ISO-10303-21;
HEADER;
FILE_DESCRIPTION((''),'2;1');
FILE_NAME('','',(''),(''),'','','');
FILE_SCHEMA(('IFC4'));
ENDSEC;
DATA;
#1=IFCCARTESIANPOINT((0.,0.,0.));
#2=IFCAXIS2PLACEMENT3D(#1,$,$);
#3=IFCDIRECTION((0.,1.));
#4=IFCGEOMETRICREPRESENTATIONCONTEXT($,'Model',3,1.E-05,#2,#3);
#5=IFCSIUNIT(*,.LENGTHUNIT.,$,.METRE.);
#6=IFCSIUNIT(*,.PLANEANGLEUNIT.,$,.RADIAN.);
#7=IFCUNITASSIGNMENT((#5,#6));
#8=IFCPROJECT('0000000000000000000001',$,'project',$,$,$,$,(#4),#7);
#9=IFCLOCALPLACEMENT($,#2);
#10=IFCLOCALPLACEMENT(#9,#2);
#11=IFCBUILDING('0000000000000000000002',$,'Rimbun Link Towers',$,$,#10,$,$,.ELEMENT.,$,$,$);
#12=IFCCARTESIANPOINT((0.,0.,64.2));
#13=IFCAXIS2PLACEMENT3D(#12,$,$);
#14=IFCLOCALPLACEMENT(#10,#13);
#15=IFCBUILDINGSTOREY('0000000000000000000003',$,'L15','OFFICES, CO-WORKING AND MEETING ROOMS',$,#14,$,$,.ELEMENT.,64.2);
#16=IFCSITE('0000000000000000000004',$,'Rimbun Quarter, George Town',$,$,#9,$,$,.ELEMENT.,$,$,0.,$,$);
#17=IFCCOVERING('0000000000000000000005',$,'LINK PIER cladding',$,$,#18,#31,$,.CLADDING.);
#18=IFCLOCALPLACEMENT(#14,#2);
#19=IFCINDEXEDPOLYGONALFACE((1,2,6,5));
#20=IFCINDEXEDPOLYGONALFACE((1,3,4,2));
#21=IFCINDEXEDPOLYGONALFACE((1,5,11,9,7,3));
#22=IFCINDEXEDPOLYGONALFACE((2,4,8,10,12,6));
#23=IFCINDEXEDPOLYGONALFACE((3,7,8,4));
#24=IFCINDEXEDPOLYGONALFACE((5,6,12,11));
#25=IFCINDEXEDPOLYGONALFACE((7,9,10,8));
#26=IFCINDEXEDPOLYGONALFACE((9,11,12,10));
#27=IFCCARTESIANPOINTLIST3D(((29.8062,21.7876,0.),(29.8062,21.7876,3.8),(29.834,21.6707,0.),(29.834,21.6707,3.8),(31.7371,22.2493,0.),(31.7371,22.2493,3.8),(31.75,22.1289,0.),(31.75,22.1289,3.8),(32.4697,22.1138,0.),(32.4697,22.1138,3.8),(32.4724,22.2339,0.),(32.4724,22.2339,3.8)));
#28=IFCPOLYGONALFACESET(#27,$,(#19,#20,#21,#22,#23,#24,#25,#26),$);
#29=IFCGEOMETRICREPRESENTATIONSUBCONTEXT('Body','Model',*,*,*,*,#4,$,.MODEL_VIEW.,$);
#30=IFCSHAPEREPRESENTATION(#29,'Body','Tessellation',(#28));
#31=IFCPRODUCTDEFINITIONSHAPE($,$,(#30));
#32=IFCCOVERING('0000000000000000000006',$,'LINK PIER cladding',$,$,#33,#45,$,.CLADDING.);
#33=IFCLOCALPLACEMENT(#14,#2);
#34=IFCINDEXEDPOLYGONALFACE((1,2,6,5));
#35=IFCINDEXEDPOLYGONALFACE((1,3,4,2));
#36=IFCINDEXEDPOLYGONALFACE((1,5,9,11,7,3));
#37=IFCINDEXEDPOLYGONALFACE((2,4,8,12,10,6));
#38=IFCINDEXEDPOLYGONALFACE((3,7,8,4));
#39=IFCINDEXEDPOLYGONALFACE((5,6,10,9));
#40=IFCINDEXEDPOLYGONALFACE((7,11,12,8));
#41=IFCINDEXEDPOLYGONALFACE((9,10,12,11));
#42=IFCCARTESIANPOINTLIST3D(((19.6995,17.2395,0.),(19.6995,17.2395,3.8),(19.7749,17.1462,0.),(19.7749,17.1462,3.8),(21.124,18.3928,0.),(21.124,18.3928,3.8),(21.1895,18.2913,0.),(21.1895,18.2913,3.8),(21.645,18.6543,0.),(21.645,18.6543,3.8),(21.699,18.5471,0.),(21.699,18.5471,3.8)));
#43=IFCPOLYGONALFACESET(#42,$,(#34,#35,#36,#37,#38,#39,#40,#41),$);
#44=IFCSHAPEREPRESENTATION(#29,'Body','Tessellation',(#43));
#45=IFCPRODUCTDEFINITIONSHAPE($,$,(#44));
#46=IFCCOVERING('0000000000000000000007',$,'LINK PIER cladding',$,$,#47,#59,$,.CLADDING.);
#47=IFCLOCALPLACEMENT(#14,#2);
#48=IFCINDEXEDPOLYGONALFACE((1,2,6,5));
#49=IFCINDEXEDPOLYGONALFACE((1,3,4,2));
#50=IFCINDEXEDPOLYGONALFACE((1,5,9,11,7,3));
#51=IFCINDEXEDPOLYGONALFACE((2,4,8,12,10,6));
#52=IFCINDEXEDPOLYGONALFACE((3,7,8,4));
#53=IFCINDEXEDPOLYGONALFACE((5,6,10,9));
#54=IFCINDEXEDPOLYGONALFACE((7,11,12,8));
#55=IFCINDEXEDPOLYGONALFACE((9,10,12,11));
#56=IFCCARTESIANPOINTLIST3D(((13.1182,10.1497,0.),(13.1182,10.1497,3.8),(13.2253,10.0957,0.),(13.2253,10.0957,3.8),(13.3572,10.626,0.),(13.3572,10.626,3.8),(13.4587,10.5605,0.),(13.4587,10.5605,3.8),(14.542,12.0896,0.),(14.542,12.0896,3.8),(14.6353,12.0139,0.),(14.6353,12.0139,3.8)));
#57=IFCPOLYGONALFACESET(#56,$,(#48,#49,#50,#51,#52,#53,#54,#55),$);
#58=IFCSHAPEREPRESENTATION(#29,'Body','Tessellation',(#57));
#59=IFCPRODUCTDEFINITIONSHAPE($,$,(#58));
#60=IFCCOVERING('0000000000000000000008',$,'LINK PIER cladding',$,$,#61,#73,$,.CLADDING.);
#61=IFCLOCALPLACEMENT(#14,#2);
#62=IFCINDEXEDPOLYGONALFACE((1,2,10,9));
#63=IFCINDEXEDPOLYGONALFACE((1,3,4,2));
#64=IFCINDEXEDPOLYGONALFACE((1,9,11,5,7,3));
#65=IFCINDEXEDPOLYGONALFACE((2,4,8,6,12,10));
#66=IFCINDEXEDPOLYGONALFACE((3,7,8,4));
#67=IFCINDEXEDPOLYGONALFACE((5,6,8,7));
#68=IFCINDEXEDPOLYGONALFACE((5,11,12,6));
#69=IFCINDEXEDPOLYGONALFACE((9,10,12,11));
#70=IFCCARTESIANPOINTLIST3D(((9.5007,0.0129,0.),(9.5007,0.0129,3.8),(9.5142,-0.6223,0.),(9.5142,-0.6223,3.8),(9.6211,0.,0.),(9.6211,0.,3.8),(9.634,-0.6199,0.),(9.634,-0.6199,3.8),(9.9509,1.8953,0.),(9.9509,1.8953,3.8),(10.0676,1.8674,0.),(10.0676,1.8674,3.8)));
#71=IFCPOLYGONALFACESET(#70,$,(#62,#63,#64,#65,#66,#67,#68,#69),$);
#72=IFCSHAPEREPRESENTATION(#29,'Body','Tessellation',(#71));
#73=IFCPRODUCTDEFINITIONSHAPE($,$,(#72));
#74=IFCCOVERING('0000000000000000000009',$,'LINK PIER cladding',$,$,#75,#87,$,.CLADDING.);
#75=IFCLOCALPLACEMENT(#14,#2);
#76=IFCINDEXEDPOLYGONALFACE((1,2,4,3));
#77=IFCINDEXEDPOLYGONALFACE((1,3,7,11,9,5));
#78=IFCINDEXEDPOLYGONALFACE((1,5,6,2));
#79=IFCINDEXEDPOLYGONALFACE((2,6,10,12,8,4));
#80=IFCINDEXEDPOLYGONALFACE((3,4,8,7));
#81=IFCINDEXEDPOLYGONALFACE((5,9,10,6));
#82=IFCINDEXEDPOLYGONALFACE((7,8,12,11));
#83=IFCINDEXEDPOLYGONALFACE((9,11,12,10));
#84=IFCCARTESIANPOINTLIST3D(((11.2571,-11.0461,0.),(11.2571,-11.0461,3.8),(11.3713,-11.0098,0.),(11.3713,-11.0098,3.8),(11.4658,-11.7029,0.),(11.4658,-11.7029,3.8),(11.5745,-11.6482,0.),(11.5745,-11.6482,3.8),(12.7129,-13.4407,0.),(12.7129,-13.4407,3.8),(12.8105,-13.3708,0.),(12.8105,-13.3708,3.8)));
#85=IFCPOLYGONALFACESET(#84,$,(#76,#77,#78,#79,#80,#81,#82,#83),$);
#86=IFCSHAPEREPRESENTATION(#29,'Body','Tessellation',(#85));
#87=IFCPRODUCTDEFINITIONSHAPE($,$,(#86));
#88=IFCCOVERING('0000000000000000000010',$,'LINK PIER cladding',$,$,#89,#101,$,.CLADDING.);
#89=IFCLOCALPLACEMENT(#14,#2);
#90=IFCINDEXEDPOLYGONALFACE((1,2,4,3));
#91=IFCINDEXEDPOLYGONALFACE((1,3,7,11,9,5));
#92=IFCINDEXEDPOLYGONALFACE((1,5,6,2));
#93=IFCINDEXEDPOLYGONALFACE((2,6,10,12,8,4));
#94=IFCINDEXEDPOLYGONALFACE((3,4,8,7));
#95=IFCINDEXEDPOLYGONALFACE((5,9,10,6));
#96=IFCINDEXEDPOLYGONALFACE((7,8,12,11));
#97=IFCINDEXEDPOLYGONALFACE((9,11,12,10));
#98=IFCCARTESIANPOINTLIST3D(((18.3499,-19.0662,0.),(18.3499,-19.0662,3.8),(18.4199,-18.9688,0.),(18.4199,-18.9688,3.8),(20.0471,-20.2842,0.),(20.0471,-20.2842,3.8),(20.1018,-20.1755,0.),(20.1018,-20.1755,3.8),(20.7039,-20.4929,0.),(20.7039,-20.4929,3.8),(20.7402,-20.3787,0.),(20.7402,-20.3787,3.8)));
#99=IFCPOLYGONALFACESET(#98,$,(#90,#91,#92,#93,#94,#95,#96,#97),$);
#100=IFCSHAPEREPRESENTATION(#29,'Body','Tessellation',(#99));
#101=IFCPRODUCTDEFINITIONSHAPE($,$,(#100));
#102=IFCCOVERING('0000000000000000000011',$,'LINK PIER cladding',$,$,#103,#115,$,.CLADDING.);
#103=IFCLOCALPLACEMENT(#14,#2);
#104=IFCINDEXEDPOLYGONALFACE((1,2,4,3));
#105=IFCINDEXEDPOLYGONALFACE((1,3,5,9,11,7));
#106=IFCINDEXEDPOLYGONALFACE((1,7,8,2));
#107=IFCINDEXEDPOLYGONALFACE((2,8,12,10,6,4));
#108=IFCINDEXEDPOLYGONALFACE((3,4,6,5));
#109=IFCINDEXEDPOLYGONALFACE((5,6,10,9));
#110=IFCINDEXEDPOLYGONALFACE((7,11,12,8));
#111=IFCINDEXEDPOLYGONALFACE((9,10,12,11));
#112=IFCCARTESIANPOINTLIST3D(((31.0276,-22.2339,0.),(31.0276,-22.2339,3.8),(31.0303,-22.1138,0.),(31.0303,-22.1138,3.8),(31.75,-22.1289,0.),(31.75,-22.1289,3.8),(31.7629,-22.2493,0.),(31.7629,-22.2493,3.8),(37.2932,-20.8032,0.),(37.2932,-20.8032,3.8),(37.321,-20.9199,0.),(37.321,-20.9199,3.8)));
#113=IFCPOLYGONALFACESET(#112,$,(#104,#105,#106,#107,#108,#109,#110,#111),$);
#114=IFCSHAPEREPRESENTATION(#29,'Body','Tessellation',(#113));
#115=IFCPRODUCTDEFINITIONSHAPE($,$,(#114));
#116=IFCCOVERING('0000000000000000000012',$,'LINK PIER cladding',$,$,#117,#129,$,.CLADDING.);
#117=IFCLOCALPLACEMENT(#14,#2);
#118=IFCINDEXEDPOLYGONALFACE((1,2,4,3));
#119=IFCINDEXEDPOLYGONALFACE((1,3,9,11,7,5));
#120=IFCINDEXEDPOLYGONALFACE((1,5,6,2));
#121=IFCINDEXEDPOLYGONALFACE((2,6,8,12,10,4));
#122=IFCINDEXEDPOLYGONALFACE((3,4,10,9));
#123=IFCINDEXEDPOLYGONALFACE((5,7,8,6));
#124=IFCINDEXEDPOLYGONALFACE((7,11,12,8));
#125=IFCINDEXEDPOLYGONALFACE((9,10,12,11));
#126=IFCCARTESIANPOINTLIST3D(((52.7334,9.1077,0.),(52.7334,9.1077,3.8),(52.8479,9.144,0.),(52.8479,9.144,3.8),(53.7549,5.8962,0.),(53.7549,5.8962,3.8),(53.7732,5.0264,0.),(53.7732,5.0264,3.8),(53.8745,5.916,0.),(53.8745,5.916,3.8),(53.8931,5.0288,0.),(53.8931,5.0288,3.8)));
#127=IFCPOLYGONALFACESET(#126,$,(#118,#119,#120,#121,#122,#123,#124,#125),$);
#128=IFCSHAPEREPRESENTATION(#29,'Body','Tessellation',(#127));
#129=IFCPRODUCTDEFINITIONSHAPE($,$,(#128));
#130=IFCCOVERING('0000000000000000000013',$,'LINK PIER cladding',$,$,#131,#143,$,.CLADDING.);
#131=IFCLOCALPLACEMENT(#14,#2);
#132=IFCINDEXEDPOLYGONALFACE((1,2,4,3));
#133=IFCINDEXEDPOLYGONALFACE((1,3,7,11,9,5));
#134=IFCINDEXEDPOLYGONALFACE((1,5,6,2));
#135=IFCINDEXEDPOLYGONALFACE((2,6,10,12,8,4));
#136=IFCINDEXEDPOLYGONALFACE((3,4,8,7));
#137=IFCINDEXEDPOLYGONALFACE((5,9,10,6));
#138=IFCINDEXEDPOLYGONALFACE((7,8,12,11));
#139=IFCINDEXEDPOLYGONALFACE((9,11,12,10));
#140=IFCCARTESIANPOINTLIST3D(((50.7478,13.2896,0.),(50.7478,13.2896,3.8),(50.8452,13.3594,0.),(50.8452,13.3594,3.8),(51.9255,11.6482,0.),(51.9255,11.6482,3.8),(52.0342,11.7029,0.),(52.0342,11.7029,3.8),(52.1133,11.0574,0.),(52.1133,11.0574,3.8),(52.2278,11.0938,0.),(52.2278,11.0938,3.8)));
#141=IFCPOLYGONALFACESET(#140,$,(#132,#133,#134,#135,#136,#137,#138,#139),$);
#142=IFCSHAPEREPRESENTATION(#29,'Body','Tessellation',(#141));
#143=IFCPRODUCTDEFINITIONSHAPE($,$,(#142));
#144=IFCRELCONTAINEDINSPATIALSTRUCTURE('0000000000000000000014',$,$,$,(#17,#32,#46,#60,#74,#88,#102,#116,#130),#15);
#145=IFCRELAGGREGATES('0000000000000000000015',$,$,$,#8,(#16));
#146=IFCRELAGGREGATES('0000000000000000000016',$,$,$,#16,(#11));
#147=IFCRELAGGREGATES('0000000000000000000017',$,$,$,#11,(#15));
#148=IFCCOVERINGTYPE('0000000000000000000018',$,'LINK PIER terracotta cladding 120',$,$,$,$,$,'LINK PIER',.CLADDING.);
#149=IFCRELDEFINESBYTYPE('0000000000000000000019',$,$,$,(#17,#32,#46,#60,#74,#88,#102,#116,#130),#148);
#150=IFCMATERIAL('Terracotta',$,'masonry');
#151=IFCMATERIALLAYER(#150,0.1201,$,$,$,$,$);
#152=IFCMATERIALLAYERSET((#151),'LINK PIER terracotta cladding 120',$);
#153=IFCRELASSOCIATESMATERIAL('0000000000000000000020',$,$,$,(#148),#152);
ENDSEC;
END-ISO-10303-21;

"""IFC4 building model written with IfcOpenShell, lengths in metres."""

from ifc_helpers import new_model, si_unit, direction, frame, origin, place, context, subcontext, project, spatial, polyline, outline, extrude, material, layer, layer_set, type_object, element, save


model = new_model("IFC4")

# Units and contexts
model_context = context("Model", 3, precision=1e-05, world=origin(), true_north=direction((0.0, 1.0)))
body_context = subcontext(model_context, "Body", "Model", "MODEL_VIEW")
ifc_project = project(units=[si_unit("LENGTHUNIT", "METRE"), si_unit("PLANEANGLEUNIT", "RADIAN")], contexts=[model_context])

# Site, building, storey
site_placement = place(None, origin())
site = spatial("IfcSite", under=ifc_project, at=site_placement, Name="Rimbun Quarter, George Town", CompositionType="ELEMENT", RefElevation=0.0)
building_placement = place(site_placement, origin())
building = spatial("IfcBuilding", under=site, at=building_placement, Name="Rimbun Link Towers", CompositionType="ELEMENT")
storey_placement = place(building_placement, frame((0.0, 0.0, 64.2)))
storey = spatial("IfcBuildingStorey", under=building, at=storey_placement, Name="L15", Description="OFFICES, CO-WORKING AND MEETING ROOMS", CompositionType="ELEMENT", Elevation=64.2)

# Coverings
ifc_material_1 = material(Name="Terracotta", Category="masonry")
ifc_layer_1 = layer(ifc_material_1, 0.1201)
ifc_layer_set_1 = layer_set([ifc_layer_1], Name="LINK PIER terracotta cladding 120")
covering_type_1 = type_object("IfcCoveringType", Name="LINK PIER terracotta cladding 120", ElementType="LINK PIER", PredefinedType="CLADDING", material=ifc_layer_set_1)
covering_1_placement = place(storey_placement, origin())
element("IfcCovering", 1, at=covering_1_placement, inside=storey, type_object=covering_type_1, Name="LINK PIER cladding", PredefinedType="CLADDING", context=body_context, shape_type="SweptSolid", body=[
    extrude(outline(polyline([(29.834, 21.6707), (31.75, 22.1289), (32.4697, 22.1138), (32.4724, 22.2339), (31.7371, 22.2493), (29.8062, 21.7876), (29.834, 21.6707)])), origin(), (0.0, 0.0, 1.0), 3.8),
])
covering_2_placement = place(storey_placement, origin())
element("IfcCovering", 2, at=covering_2_placement, inside=storey, type_object=covering_type_1, Name="LINK PIER cladding", PredefinedType="CLADDING", context=body_context, shape_type="SweptSolid", body=[
    extrude(outline(polyline([(19.7749, 17.1462), (21.1895, 18.2913), (21.699, 18.5471), (21.645, 18.6543), (21.124, 18.3928), (19.6995, 17.2395), (19.7749, 17.1462)])), origin(), (0.0, 0.0, 1.0), 3.8),
])
covering_3_placement = place(storey_placement, origin())
element("IfcCovering", 3, at=covering_3_placement, inside=storey, type_object=covering_type_1, Name="LINK PIER cladding", PredefinedType="CLADDING", context=body_context, shape_type="SweptSolid", body=[
    extrude(outline(polyline([(13.2253, 10.0957), (13.4587, 10.5605), (14.6353, 12.0139), (14.542, 12.0896), (13.3572, 10.626), (13.1182, 10.1497), (13.2253, 10.0957)])), origin(), (0.0, 0.0, 1.0), 3.8),
])
covering_4_placement = place(storey_placement, origin())
element("IfcCovering", 4, at=covering_4_placement, inside=storey, type_object=covering_type_1, Name="LINK PIER cladding", PredefinedType="CLADDING", context=body_context, shape_type="SweptSolid", body=[
    extrude(outline(polyline([(9.634, -0.6199), (9.6211, 0.0), (10.0676, 1.8674), (9.9509, 1.8953), (9.5007, 0.0129), (9.5142, -0.6223), (9.634, -0.6199)])), origin(), (0.0, 0.0, 1.0), 3.8),
])
covering_5_placement = place(storey_placement, origin())
element("IfcCovering", 5, at=covering_5_placement, inside=storey, type_object=covering_type_1, Name="LINK PIER cladding", PredefinedType="CLADDING", context=body_context, shape_type="SweptSolid", body=[
    extrude(outline(polyline([(12.8105, -13.3708), (11.5745, -11.6482), (11.3713, -11.0098), (11.2571, -11.0461), (11.4658, -11.7029), (12.7129, -13.4407), (12.8105, -13.3708)])), origin(), (0.0, 0.0, 1.0), 3.8),
])
covering_6_placement = place(storey_placement, origin())
element("IfcCovering", 6, at=covering_6_placement, inside=storey, type_object=covering_type_1, Name="LINK PIER cladding", PredefinedType="CLADDING", context=body_context, shape_type="SweptSolid", body=[
    extrude(outline(polyline([(20.7402, -20.3787), (20.1018, -20.1755), (18.4199, -18.9688), (18.3499, -19.0662), (20.0471, -20.2842), (20.7039, -20.4929), (20.7402, -20.3787)])), origin(), (0.0, 0.0, 1.0), 3.8),
])
covering_7_placement = place(storey_placement, origin())
element("IfcCovering", 7, at=covering_7_placement, inside=storey, type_object=covering_type_1, Name="LINK PIER cladding", PredefinedType="CLADDING", context=body_context, shape_type="SweptSolid", body=[
    extrude(outline(polyline([(37.2932, -20.8032), (31.75, -22.1289), (31.0303, -22.1138), (31.0276, -22.2339), (31.7629, -22.2493), (37.321, -20.9199), (37.2932, -20.8032)])), origin(), (0.0, 0.0, 1.0), 3.8),
])
covering_8_placement = place(storey_placement, origin())
element("IfcCovering", 8, at=covering_8_placement, inside=storey, type_object=covering_type_1, Name="LINK PIER cladding", PredefinedType="CLADDING", context=body_context, shape_type="SweptSolid", body=[
    extrude(outline(polyline([(52.7334, 9.1077), (53.7549, 5.8962), (53.7732, 5.0264), (53.8931, 5.0288), (53.8745, 5.916), (52.8479, 9.144), (52.7334, 9.1077)])), origin(), (0.0, 0.0, 1.0), 3.8),
])
covering_9_placement = place(storey_placement, origin())
element("IfcCovering", 9, at=covering_9_placement, inside=storey, type_object=covering_type_1, Name="LINK PIER cladding", PredefinedType="CLADDING", context=body_context, shape_type="SweptSolid", body=[
    extrude(outline(polyline([(50.7478, 13.2896), (51.9255, 11.6482), (52.1133, 11.0574), (52.2278, 11.0938), (52.0342, 11.7029), (50.8452, 13.3594), (50.7478, 13.2896)])), origin(), (0.0, 0.0, 1.0), 3.8),
])

save(model, "model.ifc")
